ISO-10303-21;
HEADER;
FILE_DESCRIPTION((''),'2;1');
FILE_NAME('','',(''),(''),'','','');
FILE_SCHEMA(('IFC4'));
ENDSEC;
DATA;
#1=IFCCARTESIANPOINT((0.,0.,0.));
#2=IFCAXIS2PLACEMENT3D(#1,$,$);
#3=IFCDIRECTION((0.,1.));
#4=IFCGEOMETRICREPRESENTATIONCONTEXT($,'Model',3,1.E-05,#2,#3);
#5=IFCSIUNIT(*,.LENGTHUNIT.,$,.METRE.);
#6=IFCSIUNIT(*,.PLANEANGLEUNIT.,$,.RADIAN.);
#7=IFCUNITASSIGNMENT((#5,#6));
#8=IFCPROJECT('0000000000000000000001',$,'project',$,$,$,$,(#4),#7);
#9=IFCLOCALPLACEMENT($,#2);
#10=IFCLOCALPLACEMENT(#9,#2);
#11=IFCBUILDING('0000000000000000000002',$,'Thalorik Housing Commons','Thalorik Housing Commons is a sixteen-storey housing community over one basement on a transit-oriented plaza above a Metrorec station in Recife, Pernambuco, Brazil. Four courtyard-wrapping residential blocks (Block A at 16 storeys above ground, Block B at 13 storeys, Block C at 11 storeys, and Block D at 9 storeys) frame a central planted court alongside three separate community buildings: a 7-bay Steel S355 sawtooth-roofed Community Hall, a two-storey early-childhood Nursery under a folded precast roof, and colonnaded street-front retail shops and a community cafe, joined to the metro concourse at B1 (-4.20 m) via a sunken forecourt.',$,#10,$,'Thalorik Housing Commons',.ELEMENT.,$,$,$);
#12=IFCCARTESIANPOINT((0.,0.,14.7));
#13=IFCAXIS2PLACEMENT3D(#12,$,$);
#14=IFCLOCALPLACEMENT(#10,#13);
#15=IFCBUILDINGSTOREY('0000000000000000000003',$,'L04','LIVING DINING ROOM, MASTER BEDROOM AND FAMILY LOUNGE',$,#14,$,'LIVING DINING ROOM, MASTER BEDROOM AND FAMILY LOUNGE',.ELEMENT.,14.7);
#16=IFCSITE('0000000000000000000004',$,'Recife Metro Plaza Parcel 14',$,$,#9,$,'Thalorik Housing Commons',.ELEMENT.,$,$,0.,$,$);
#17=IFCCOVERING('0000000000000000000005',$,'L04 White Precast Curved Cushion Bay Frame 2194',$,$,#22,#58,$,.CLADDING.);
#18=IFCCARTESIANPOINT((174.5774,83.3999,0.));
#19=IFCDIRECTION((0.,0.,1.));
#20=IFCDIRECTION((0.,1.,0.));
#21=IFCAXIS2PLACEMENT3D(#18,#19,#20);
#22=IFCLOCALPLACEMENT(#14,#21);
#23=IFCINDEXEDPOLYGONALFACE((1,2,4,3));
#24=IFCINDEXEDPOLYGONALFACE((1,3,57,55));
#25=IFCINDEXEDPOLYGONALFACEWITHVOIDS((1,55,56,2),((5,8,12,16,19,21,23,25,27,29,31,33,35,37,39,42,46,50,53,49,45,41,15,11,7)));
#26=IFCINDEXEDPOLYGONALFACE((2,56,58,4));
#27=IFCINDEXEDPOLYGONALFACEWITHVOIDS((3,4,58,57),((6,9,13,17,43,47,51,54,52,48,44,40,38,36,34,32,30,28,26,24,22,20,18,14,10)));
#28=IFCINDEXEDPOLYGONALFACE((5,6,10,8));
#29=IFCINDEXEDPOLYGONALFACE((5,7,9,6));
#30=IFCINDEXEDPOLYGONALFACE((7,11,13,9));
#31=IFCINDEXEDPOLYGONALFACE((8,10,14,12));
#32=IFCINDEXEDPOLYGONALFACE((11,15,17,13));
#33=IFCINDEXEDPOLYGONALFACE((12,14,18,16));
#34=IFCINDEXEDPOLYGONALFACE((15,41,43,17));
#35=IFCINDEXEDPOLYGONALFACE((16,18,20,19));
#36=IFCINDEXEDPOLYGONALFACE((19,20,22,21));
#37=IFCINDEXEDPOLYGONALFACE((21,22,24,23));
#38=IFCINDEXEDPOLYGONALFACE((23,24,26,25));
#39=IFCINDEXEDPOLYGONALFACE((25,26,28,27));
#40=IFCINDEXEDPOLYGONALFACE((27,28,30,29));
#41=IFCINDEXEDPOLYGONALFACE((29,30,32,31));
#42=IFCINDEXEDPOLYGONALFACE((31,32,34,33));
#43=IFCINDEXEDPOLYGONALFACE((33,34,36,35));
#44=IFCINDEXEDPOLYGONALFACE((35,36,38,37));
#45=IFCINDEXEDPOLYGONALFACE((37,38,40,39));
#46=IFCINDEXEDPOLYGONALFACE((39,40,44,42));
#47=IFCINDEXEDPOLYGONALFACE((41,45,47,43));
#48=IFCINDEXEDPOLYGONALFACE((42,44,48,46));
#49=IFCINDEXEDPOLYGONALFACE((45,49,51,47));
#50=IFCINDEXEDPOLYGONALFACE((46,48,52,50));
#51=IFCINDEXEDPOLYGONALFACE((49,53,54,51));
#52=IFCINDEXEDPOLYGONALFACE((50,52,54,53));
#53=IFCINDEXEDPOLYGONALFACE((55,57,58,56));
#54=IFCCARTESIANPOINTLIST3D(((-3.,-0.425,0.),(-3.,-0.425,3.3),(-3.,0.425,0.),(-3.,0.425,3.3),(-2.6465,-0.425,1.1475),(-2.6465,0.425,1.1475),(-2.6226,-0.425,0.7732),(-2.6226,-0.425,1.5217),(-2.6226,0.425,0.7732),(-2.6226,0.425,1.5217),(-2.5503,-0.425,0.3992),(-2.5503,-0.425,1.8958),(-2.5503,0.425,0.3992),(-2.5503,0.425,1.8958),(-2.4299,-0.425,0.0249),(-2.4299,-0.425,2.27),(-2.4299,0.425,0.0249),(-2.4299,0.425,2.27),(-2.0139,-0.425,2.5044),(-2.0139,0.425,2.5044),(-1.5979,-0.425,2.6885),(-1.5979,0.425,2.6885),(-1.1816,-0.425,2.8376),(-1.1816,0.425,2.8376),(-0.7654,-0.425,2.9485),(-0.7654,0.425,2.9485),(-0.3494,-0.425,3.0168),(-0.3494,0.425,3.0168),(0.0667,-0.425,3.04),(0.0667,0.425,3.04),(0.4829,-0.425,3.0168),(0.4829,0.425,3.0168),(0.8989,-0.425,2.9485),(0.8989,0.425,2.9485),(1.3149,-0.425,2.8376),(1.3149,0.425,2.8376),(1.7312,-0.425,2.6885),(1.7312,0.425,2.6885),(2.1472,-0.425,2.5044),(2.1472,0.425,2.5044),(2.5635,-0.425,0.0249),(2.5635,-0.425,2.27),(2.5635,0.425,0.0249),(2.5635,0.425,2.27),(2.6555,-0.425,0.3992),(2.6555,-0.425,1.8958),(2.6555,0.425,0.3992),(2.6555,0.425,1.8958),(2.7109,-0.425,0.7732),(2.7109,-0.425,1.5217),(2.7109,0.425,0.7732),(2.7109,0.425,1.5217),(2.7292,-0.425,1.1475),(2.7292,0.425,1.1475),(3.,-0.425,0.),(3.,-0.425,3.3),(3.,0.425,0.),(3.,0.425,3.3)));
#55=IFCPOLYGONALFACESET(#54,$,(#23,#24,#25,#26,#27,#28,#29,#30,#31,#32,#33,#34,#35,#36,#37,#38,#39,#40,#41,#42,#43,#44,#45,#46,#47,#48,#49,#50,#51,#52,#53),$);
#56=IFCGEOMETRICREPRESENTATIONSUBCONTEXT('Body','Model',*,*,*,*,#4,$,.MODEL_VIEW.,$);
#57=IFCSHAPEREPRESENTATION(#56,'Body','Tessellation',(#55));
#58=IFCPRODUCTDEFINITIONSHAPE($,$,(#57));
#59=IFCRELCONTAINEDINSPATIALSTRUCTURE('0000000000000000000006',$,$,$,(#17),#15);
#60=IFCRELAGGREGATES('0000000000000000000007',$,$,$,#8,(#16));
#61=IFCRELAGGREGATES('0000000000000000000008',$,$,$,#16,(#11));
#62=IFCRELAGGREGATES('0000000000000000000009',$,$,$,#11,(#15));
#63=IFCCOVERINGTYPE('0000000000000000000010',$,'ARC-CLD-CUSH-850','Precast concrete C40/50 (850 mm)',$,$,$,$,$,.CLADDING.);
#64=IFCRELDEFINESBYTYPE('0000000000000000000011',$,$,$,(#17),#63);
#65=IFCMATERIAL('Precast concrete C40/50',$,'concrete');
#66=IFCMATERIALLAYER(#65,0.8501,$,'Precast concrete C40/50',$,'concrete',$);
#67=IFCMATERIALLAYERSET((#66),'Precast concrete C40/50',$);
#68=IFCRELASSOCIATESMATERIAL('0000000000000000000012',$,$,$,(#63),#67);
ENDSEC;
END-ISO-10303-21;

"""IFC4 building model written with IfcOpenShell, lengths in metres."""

from ifc_helpers import new_model, si_unit, direction, frame, origin, place, context, subcontext, project, spatial, polyline, outline, extrude, material, layer, layer_set, type_object, element, save


model = new_model("IFC4")

# Units and contexts
model_context = context("Model", 3, precision=1e-05, world=origin(), true_north=direction((0.0, 1.0)))
body_context = subcontext(model_context, "Body", "Model", "MODEL_VIEW")
ifc_project = project(units=[si_unit("LENGTHUNIT", "METRE"), si_unit("PLANEANGLEUNIT", "RADIAN")], contexts=[model_context])

# Site, building, storey
site_placement = place(None, origin())
site = spatial("IfcSite", under=ifc_project, at=site_placement, Name="Recife Metro Plaza Parcel 14", LongName="Thalorik Housing Commons", CompositionType="ELEMENT", RefElevation=0.0)
building_placement = place(site_placement, origin())
building = spatial("IfcBuilding", under=site, at=building_placement, Name="Thalorik Housing Commons", Description="Thalorik Housing Commons is a sixteen-storey housing community over one basement on a transit-oriented plaza above a Metrorec station in Recife, Pernambuco, Brazil. Four courtyard-wrapping residential blocks (Block A at 16 storeys above ground, Block B at 13 storeys, Block C at 11 storeys, and Block D at 9 storeys) frame a central planted court alongside three separate community buildings: a 7-bay Steel S355 sawtooth-roofed Community Hall, a two-storey early-childhood Nursery under a folded precast roof, and colonnaded street-front retail shops and a community cafe, joined to the metro concourse at B1 (-4.20 m) via a sunken forecourt.", LongName="Thalorik Housing Commons", CompositionType="ELEMENT")
storey_placement = place(building_placement, frame((0.0, 0.0, 14.7)))
storey = spatial("IfcBuildingStorey", under=building, at=storey_placement, Name="L04", Description="LIVING DINING ROOM, MASTER BEDROOM AND FAMILY LOUNGE", LongName="LIVING DINING ROOM, MASTER BEDROOM AND FAMILY LOUNGE", CompositionType="ELEMENT", Elevation=14.7)

# Shared definitions
ifc_material_1 = material(Name="Precast concrete C40/50", Category="concrete")

# Covering
ifc_layer_1 = layer(ifc_material_1, 0.8501, Name="Precast concrete C40/50", Category="concrete")
ifc_layer_set_1 = layer_set([ifc_layer_1], Name="Precast concrete C40/50")
covering_type_1 = type_object("IfcCoveringType", Name="ARC-CLD-CUSH-850", Description="Precast concrete C40/50 (850 mm)", PredefinedType="CLADDING", material=ifc_layer_set_1)
covering_1_placement = place(storey_placement, frame((174.5774, 83.3999, 0.0), z_axis=(0.0, 0.0, 1.0), x_axis=(0.0, 1.0, 0.0)))
element("IfcCovering", 1, at=covering_1_placement, inside=storey, type_object=covering_type_1, Name="L04 White Precast Curved Cushion Bay Frame 2194", PredefinedType="CLADDING", context=body_context, shape_type="SweptSolid", body=[
    extrude(outline(polyline([(-3.0, 0.0), (3.0, 0.0), (3.0, 3.3), (-3.0, 3.3), (-3.0, 0.0)]), holes=[polyline([(2.5635, 0.0249), (2.6555, 0.3992), (2.7109, 0.7732), (2.7292, 1.1475), (2.7109, 1.5217), (2.6555, 1.8958), (2.5635, 2.27), (2.1472, 2.5044), (1.7312, 2.6885), (1.3149, 2.8376), (0.8989, 2.9485), (0.4829, 3.0168), (0.0667, 3.04), (-0.3494, 3.0168), (-0.7654, 2.9485), (-1.1816, 2.8376), (-1.5979, 2.6885), (-2.0139, 2.5044), (-2.4299, 2.27), (-2.5503, 1.8958), (-2.6226, 1.5217), (-2.6465, 1.1475), (-2.6226, 0.7732), (-2.5503, 0.3992), (-2.4299, 0.0249), (2.5635, 0.0249)])]), frame((0.0, 0.425, 0.0), z_axis=(0.0, -1.0, 0.0), x_axis=(1.0, 0.0, 0.0)), (0.0, 0.0, 1.0), 0.8501),
])

save(model, "model.ifc")
